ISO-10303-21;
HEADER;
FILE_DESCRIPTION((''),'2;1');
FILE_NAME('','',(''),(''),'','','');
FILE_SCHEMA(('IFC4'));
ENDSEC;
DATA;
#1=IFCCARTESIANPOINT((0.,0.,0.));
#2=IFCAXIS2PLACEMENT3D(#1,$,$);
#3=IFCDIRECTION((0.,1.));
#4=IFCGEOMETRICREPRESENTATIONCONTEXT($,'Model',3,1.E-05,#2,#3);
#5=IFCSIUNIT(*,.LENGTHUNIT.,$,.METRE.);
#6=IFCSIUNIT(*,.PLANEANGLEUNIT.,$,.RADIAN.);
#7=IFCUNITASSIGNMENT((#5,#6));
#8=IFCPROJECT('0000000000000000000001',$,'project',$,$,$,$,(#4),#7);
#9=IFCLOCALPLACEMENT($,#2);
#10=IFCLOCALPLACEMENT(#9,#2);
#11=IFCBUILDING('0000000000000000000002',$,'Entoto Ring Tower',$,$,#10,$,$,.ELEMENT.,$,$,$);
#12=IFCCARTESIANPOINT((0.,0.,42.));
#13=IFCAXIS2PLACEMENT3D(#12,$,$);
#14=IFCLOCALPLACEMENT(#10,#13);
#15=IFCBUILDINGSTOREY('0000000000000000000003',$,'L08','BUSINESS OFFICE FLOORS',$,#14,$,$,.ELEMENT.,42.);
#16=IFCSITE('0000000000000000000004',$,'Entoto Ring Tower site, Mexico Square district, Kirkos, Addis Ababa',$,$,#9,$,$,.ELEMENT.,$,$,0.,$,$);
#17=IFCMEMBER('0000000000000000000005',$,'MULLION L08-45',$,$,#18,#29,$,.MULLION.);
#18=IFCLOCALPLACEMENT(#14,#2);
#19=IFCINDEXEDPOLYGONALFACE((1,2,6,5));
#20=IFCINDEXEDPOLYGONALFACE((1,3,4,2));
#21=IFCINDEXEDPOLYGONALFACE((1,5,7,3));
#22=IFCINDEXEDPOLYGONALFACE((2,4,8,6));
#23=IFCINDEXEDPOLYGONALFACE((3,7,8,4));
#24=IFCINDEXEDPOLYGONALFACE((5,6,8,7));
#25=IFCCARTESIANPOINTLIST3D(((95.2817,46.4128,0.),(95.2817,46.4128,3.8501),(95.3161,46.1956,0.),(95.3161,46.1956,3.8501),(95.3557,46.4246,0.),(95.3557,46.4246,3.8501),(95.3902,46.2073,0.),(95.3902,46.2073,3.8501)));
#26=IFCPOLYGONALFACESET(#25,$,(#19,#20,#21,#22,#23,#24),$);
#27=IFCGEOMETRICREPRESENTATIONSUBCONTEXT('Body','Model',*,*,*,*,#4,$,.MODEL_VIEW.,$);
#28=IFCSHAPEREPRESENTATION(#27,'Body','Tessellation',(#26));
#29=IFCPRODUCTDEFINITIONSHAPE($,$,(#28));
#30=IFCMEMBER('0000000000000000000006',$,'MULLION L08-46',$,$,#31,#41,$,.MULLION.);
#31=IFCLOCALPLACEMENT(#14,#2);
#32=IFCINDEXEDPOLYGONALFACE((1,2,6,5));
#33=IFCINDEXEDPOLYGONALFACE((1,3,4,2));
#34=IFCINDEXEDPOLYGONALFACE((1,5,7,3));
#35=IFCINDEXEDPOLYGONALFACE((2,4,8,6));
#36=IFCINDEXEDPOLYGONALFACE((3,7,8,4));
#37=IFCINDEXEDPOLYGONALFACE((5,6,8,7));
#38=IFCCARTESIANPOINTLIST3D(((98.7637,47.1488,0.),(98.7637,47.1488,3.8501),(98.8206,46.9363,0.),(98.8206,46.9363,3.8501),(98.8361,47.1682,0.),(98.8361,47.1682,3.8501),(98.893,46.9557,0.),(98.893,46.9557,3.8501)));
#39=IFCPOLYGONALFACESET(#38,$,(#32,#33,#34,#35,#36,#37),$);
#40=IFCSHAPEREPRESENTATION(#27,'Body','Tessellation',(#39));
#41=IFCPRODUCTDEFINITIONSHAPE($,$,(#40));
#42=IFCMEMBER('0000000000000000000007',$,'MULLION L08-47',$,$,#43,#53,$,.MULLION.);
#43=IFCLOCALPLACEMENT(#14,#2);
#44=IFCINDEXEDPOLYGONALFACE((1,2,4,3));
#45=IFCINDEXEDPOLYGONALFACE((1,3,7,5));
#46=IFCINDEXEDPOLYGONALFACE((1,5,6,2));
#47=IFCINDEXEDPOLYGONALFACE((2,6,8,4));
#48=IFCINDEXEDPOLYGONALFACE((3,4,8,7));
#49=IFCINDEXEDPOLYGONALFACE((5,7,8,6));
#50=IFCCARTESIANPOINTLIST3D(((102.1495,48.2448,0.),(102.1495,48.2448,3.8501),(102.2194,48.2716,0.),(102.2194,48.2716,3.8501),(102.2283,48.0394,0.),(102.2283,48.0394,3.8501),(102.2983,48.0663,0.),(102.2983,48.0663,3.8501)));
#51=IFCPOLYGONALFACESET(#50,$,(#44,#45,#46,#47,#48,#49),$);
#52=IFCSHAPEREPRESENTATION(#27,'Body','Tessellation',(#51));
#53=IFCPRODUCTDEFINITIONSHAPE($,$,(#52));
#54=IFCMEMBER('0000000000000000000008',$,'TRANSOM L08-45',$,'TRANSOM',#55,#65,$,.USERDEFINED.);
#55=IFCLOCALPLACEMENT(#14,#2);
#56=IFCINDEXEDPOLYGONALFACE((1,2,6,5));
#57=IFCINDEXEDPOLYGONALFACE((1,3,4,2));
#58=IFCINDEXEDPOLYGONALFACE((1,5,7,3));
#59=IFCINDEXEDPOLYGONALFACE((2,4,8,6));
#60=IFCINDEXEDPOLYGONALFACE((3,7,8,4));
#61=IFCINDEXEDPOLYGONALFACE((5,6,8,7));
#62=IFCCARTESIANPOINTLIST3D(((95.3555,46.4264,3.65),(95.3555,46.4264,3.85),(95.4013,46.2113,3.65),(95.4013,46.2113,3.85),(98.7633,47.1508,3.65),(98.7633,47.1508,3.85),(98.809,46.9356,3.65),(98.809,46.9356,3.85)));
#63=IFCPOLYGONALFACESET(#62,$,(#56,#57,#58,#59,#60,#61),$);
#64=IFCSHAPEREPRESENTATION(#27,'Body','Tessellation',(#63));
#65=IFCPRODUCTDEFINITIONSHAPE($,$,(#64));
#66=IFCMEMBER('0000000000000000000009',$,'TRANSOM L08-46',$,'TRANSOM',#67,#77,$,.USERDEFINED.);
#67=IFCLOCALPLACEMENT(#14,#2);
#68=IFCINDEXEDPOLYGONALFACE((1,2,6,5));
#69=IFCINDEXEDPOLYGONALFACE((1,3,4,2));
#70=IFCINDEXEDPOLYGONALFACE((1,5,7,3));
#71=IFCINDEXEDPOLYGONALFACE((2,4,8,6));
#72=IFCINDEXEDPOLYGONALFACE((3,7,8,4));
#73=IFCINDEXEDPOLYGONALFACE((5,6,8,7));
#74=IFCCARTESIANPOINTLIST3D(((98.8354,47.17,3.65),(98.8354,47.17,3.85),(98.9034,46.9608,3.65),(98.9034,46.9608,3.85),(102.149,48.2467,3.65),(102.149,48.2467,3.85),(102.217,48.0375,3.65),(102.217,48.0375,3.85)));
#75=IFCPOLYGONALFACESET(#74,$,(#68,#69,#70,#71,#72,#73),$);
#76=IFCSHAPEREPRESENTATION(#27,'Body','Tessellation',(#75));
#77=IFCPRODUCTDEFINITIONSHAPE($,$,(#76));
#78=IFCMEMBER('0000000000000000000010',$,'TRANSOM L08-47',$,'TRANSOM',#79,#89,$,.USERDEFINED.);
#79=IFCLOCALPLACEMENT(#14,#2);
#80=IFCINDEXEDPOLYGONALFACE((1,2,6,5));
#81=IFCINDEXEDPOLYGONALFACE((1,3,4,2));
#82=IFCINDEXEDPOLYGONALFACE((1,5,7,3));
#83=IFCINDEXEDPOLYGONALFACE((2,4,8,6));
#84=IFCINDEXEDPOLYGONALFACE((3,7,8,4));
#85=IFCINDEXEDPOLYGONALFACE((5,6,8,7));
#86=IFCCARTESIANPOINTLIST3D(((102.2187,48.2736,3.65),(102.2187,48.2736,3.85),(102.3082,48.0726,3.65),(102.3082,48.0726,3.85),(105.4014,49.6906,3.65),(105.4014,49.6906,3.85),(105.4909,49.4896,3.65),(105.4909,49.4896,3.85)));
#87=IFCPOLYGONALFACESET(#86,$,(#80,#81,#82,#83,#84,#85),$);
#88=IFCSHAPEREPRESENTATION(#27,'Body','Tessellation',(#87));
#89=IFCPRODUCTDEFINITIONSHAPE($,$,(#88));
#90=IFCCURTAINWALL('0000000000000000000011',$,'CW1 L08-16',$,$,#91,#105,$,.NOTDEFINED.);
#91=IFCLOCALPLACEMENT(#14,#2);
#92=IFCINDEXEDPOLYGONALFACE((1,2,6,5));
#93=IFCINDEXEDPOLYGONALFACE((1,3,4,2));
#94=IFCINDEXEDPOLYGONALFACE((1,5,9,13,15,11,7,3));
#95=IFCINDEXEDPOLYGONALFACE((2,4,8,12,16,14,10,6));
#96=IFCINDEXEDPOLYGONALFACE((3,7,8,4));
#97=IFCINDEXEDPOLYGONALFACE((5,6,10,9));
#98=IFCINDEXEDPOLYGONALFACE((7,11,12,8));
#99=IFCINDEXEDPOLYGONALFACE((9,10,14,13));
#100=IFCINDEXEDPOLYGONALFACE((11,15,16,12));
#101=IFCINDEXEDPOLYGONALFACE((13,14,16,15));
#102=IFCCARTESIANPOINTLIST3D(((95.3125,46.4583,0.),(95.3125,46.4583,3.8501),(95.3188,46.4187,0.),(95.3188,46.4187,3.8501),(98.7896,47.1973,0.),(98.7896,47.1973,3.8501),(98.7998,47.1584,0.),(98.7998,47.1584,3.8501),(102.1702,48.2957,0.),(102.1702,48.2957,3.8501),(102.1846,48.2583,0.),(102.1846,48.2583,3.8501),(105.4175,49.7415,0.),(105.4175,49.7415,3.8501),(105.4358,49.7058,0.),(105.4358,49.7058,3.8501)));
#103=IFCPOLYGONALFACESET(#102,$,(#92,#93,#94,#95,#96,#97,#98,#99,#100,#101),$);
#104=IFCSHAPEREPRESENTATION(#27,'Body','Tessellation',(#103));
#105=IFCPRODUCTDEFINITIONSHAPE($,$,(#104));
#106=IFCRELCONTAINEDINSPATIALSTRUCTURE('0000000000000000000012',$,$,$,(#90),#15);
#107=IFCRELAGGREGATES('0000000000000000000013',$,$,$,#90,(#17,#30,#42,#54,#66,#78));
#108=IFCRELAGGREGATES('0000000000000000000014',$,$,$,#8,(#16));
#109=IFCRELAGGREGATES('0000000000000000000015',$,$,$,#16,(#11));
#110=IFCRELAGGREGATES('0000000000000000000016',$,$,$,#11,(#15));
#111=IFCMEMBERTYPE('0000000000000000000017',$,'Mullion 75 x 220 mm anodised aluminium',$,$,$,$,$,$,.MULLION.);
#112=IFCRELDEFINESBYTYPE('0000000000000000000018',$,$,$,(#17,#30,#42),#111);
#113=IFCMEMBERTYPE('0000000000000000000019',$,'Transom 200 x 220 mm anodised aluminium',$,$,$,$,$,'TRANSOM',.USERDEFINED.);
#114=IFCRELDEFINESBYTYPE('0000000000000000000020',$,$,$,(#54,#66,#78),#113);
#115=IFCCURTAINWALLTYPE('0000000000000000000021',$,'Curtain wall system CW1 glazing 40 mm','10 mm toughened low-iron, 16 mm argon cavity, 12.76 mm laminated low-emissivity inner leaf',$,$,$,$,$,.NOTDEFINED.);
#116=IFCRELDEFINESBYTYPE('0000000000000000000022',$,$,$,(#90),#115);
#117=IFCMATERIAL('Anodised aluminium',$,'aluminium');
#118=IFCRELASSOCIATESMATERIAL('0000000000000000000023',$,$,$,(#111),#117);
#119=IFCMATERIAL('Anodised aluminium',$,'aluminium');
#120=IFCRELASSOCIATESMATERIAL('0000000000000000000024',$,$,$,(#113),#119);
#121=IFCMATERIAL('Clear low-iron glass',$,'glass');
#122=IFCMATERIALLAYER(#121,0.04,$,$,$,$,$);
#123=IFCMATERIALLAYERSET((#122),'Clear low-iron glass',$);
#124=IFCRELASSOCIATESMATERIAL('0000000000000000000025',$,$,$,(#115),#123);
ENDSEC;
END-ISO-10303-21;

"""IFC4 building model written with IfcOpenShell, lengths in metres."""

from ifc_helpers import new_model, si_unit, direction, frame, origin, origin_2d, place, context, subcontext, project, spatial, polyline, rectangle, outline, extrude, material, layer, layer_set, material_profile, profile_set, type_object, element, aggregate, save


model = new_model("IFC4")

# Units and contexts
model_context = context("Model", 3, precision=1e-05, world=origin(), true_north=direction((0.0, 1.0)))
body_context = subcontext(model_context, "Body", "Model", "MODEL_VIEW")
ifc_project = project(units=[si_unit("LENGTHUNIT", "METRE"), si_unit("PLANEANGLEUNIT", "RADIAN")], contexts=[model_context])

# Members
ifc_material_1 = material(Name="Anodised aluminium", Category="aluminium")
ifc_material_profile_1 = material_profile(ifc_material_1, rectangle(XDim=0.075, YDim=0.22, at=origin_2d()), Name="Mullion 75 x 220 mm anodised aluminium")
ifc_profile_set_1 = profile_set([ifc_material_profile_1], Name="Anodised aluminium")
member_type_1 = type_object("IfcMemberType", Name="Mullion 75 x 220 mm anodised aluminium", PredefinedType="MULLION", material=ifc_profile_set_1)
site_placement = place(None, origin())
building_placement = place(site_placement, origin())
storey_placement = place(building_placement, frame((0.0, 0.0, 42.0)))
member_1_placement = place(storey_placement, frame((95.3359, 46.3101, 0.0), z_axis=(0.0, 0.0, 1.0), x_axis=(0.987688, 0.156434, 0.0)))
member_1 = element("IfcMember", 1, at=member_1_placement, type_object=member_type_1, Name="MULLION L08-45", PredefinedType="MULLION", context=body_context, shape_type="SweptSolid", body=[
    extrude(rectangle(XDim=0.075, YDim=0.22, at=origin_2d()), origin(), (0.0, 0.0, 1.0), 3.8501),
])
member_2_placement = place(storey_placement, frame((98.8284, 47.0522, 0.0), z_axis=(0.0, 0.0, 1.0), x_axis=(0.965926, 0.258819, 0.0)))
member_2 = element("IfcMember", 2, at=member_2_placement, type_object=member_type_1, Name="MULLION L08-46", PredefinedType="MULLION", context=body_context, shape_type="SweptSolid", body=[
    extrude(rectangle(XDim=0.075, YDim=0.22, at=origin_2d()), origin(), (0.0, 0.0, 1.0), 3.8501),
])
member_3_placement = place(storey_placement, frame((102.2239, 48.1555, 0.0), z_axis=(0.0, 0.0, 1.0), x_axis=(0.93358, 0.358368, 0.0)))
member_3 = element("IfcMember", 3, at=member_3_placement, type_object=member_type_1, Name="MULLION L08-47", PredefinedType="MULLION", context=body_context, shape_type="SweptSolid", body=[
    extrude(rectangle(XDim=0.075, YDim=0.22, at=origin_2d()), origin(), (0.0, 0.0, 1.0), 3.8501),
])
ifc_material_2 = material(Name="Anodised aluminium", Category="aluminium")
ifc_material_profile_2 = material_profile(ifc_material_2, rectangle(XDim=0.22, YDim=0.2, at=origin_2d()), Name="Transom 200 x 220 mm anodised aluminium")
ifc_profile_set_2 = profile_set([ifc_material_profile_2], Name="Anodised aluminium")
member_type_2 = type_object("IfcMemberType", Name="Transom 200 x 220 mm anodised aluminium", ElementType="TRANSOM", PredefinedType="USERDEFINED", material=ifc_profile_set_2)
member_4_placement = place(storey_placement, frame((95.3784, 46.3188, 3.75), z_axis=(0.978146, 0.207921, 0.0), x_axis=(-0.207921, 0.978146, 0.0)))
member_4 = element("IfcMember", 4, at=member_4_placement, type_object=member_type_2, Name="TRANSOM L08-45", ObjectType="TRANSOM", PredefinedType="USERDEFINED", context=body_context, shape_type="SweptSolid", body=[
    extrude(rectangle(XDim=0.22, YDim=0.2, at=origin_2d()), origin(), (0.0, 0.0, 1.0), 3.4839),
])
member_5_placement = place(storey_placement, frame((98.8694, 47.0654, 3.75), z_axis=(0.951053, 0.309029, 0.0), x_axis=(-0.309029, 0.951053, 0.0)))
member_5 = element("IfcMember", 5, at=member_5_placement, type_object=member_type_2, Name="TRANSOM L08-46", ObjectType="TRANSOM", PredefinedType="USERDEFINED", context=body_context, shape_type="SweptSolid", body=[
    extrude(rectangle(XDim=0.22, YDim=0.2, at=origin_2d()), origin(), (0.0, 0.0, 1.0), 3.4841),
])
member_6_placement = place(storey_placement, frame((102.2634, 48.1731, 3.75), z_axis=(0.913545, 0.406737, 0.0), x_axis=(-0.406737, 0.913545, 0.0)))
member_6 = element("IfcMember", 6, at=member_6_placement, type_object=member_type_2, Name="TRANSOM L08-47", ObjectType="TRANSOM", PredefinedType="USERDEFINED", context=body_context, shape_type="SweptSolid", body=[
    extrude(rectangle(XDim=0.22, YDim=0.2, at=origin_2d()), origin(), (0.0, 0.0, 1.0), 3.4839),
])

# Site, building, storey
site = spatial("IfcSite", under=ifc_project, at=site_placement, Name="Entoto Ring Tower site, Mexico Square district, Kirkos, Addis Ababa", CompositionType="ELEMENT", RefElevation=0.0)
building = spatial("IfcBuilding", under=site, at=building_placement, Name="Entoto Ring Tower", CompositionType="ELEMENT")
storey = spatial("IfcBuildingStorey", under=building, at=storey_placement, Name="L08", Description="BUSINESS OFFICE FLOORS", CompositionType="ELEMENT", Elevation=42.0)

# Curtain wall
ifc_material_3 = material(Name="Clear low-iron glass", Category="glass")
ifc_layer_1 = layer(ifc_material_3, 0.04)
ifc_layer_set_1 = layer_set([ifc_layer_1], Name="Clear low-iron glass")
curtain_wall_type = type_object("IfcCurtainWallType", Name="Curtain wall system CW1 glazing 40 mm", Description="10 mm toughened low-iron, 16 mm argon cavity, 12.76 mm laminated low-emissivity inner leaf", PredefinedType="NOTDEFINED", material=ifc_layer_set_1)
curtain_wall_1_placement = place(storey_placement, origin())
curtain_wall_1 = element("IfcCurtainWall", 7, at=curtain_wall_1_placement, inside=storey, type_object=curtain_wall_type, Name="CW1 L08-16", PredefinedType="NOTDEFINED", context=body_context, shape_type="SweptSolid", body=[
    extrude(outline(polyline([(95.3188, 46.4187), (98.7998, 47.1584), (102.1846, 48.2583), (105.4358, 49.7058), (105.4175, 49.7415), (102.1702, 48.2957), (98.7896, 47.1973), (95.3125, 46.4583), (95.3188, 46.4187)])), origin(), (0.0, 0.0, 1.0), 3.8501),
])
aggregate(curtain_wall_1, [member_1, member_2, member_3, member_4, member_5, member_6])

save(model, "model.ifc")
